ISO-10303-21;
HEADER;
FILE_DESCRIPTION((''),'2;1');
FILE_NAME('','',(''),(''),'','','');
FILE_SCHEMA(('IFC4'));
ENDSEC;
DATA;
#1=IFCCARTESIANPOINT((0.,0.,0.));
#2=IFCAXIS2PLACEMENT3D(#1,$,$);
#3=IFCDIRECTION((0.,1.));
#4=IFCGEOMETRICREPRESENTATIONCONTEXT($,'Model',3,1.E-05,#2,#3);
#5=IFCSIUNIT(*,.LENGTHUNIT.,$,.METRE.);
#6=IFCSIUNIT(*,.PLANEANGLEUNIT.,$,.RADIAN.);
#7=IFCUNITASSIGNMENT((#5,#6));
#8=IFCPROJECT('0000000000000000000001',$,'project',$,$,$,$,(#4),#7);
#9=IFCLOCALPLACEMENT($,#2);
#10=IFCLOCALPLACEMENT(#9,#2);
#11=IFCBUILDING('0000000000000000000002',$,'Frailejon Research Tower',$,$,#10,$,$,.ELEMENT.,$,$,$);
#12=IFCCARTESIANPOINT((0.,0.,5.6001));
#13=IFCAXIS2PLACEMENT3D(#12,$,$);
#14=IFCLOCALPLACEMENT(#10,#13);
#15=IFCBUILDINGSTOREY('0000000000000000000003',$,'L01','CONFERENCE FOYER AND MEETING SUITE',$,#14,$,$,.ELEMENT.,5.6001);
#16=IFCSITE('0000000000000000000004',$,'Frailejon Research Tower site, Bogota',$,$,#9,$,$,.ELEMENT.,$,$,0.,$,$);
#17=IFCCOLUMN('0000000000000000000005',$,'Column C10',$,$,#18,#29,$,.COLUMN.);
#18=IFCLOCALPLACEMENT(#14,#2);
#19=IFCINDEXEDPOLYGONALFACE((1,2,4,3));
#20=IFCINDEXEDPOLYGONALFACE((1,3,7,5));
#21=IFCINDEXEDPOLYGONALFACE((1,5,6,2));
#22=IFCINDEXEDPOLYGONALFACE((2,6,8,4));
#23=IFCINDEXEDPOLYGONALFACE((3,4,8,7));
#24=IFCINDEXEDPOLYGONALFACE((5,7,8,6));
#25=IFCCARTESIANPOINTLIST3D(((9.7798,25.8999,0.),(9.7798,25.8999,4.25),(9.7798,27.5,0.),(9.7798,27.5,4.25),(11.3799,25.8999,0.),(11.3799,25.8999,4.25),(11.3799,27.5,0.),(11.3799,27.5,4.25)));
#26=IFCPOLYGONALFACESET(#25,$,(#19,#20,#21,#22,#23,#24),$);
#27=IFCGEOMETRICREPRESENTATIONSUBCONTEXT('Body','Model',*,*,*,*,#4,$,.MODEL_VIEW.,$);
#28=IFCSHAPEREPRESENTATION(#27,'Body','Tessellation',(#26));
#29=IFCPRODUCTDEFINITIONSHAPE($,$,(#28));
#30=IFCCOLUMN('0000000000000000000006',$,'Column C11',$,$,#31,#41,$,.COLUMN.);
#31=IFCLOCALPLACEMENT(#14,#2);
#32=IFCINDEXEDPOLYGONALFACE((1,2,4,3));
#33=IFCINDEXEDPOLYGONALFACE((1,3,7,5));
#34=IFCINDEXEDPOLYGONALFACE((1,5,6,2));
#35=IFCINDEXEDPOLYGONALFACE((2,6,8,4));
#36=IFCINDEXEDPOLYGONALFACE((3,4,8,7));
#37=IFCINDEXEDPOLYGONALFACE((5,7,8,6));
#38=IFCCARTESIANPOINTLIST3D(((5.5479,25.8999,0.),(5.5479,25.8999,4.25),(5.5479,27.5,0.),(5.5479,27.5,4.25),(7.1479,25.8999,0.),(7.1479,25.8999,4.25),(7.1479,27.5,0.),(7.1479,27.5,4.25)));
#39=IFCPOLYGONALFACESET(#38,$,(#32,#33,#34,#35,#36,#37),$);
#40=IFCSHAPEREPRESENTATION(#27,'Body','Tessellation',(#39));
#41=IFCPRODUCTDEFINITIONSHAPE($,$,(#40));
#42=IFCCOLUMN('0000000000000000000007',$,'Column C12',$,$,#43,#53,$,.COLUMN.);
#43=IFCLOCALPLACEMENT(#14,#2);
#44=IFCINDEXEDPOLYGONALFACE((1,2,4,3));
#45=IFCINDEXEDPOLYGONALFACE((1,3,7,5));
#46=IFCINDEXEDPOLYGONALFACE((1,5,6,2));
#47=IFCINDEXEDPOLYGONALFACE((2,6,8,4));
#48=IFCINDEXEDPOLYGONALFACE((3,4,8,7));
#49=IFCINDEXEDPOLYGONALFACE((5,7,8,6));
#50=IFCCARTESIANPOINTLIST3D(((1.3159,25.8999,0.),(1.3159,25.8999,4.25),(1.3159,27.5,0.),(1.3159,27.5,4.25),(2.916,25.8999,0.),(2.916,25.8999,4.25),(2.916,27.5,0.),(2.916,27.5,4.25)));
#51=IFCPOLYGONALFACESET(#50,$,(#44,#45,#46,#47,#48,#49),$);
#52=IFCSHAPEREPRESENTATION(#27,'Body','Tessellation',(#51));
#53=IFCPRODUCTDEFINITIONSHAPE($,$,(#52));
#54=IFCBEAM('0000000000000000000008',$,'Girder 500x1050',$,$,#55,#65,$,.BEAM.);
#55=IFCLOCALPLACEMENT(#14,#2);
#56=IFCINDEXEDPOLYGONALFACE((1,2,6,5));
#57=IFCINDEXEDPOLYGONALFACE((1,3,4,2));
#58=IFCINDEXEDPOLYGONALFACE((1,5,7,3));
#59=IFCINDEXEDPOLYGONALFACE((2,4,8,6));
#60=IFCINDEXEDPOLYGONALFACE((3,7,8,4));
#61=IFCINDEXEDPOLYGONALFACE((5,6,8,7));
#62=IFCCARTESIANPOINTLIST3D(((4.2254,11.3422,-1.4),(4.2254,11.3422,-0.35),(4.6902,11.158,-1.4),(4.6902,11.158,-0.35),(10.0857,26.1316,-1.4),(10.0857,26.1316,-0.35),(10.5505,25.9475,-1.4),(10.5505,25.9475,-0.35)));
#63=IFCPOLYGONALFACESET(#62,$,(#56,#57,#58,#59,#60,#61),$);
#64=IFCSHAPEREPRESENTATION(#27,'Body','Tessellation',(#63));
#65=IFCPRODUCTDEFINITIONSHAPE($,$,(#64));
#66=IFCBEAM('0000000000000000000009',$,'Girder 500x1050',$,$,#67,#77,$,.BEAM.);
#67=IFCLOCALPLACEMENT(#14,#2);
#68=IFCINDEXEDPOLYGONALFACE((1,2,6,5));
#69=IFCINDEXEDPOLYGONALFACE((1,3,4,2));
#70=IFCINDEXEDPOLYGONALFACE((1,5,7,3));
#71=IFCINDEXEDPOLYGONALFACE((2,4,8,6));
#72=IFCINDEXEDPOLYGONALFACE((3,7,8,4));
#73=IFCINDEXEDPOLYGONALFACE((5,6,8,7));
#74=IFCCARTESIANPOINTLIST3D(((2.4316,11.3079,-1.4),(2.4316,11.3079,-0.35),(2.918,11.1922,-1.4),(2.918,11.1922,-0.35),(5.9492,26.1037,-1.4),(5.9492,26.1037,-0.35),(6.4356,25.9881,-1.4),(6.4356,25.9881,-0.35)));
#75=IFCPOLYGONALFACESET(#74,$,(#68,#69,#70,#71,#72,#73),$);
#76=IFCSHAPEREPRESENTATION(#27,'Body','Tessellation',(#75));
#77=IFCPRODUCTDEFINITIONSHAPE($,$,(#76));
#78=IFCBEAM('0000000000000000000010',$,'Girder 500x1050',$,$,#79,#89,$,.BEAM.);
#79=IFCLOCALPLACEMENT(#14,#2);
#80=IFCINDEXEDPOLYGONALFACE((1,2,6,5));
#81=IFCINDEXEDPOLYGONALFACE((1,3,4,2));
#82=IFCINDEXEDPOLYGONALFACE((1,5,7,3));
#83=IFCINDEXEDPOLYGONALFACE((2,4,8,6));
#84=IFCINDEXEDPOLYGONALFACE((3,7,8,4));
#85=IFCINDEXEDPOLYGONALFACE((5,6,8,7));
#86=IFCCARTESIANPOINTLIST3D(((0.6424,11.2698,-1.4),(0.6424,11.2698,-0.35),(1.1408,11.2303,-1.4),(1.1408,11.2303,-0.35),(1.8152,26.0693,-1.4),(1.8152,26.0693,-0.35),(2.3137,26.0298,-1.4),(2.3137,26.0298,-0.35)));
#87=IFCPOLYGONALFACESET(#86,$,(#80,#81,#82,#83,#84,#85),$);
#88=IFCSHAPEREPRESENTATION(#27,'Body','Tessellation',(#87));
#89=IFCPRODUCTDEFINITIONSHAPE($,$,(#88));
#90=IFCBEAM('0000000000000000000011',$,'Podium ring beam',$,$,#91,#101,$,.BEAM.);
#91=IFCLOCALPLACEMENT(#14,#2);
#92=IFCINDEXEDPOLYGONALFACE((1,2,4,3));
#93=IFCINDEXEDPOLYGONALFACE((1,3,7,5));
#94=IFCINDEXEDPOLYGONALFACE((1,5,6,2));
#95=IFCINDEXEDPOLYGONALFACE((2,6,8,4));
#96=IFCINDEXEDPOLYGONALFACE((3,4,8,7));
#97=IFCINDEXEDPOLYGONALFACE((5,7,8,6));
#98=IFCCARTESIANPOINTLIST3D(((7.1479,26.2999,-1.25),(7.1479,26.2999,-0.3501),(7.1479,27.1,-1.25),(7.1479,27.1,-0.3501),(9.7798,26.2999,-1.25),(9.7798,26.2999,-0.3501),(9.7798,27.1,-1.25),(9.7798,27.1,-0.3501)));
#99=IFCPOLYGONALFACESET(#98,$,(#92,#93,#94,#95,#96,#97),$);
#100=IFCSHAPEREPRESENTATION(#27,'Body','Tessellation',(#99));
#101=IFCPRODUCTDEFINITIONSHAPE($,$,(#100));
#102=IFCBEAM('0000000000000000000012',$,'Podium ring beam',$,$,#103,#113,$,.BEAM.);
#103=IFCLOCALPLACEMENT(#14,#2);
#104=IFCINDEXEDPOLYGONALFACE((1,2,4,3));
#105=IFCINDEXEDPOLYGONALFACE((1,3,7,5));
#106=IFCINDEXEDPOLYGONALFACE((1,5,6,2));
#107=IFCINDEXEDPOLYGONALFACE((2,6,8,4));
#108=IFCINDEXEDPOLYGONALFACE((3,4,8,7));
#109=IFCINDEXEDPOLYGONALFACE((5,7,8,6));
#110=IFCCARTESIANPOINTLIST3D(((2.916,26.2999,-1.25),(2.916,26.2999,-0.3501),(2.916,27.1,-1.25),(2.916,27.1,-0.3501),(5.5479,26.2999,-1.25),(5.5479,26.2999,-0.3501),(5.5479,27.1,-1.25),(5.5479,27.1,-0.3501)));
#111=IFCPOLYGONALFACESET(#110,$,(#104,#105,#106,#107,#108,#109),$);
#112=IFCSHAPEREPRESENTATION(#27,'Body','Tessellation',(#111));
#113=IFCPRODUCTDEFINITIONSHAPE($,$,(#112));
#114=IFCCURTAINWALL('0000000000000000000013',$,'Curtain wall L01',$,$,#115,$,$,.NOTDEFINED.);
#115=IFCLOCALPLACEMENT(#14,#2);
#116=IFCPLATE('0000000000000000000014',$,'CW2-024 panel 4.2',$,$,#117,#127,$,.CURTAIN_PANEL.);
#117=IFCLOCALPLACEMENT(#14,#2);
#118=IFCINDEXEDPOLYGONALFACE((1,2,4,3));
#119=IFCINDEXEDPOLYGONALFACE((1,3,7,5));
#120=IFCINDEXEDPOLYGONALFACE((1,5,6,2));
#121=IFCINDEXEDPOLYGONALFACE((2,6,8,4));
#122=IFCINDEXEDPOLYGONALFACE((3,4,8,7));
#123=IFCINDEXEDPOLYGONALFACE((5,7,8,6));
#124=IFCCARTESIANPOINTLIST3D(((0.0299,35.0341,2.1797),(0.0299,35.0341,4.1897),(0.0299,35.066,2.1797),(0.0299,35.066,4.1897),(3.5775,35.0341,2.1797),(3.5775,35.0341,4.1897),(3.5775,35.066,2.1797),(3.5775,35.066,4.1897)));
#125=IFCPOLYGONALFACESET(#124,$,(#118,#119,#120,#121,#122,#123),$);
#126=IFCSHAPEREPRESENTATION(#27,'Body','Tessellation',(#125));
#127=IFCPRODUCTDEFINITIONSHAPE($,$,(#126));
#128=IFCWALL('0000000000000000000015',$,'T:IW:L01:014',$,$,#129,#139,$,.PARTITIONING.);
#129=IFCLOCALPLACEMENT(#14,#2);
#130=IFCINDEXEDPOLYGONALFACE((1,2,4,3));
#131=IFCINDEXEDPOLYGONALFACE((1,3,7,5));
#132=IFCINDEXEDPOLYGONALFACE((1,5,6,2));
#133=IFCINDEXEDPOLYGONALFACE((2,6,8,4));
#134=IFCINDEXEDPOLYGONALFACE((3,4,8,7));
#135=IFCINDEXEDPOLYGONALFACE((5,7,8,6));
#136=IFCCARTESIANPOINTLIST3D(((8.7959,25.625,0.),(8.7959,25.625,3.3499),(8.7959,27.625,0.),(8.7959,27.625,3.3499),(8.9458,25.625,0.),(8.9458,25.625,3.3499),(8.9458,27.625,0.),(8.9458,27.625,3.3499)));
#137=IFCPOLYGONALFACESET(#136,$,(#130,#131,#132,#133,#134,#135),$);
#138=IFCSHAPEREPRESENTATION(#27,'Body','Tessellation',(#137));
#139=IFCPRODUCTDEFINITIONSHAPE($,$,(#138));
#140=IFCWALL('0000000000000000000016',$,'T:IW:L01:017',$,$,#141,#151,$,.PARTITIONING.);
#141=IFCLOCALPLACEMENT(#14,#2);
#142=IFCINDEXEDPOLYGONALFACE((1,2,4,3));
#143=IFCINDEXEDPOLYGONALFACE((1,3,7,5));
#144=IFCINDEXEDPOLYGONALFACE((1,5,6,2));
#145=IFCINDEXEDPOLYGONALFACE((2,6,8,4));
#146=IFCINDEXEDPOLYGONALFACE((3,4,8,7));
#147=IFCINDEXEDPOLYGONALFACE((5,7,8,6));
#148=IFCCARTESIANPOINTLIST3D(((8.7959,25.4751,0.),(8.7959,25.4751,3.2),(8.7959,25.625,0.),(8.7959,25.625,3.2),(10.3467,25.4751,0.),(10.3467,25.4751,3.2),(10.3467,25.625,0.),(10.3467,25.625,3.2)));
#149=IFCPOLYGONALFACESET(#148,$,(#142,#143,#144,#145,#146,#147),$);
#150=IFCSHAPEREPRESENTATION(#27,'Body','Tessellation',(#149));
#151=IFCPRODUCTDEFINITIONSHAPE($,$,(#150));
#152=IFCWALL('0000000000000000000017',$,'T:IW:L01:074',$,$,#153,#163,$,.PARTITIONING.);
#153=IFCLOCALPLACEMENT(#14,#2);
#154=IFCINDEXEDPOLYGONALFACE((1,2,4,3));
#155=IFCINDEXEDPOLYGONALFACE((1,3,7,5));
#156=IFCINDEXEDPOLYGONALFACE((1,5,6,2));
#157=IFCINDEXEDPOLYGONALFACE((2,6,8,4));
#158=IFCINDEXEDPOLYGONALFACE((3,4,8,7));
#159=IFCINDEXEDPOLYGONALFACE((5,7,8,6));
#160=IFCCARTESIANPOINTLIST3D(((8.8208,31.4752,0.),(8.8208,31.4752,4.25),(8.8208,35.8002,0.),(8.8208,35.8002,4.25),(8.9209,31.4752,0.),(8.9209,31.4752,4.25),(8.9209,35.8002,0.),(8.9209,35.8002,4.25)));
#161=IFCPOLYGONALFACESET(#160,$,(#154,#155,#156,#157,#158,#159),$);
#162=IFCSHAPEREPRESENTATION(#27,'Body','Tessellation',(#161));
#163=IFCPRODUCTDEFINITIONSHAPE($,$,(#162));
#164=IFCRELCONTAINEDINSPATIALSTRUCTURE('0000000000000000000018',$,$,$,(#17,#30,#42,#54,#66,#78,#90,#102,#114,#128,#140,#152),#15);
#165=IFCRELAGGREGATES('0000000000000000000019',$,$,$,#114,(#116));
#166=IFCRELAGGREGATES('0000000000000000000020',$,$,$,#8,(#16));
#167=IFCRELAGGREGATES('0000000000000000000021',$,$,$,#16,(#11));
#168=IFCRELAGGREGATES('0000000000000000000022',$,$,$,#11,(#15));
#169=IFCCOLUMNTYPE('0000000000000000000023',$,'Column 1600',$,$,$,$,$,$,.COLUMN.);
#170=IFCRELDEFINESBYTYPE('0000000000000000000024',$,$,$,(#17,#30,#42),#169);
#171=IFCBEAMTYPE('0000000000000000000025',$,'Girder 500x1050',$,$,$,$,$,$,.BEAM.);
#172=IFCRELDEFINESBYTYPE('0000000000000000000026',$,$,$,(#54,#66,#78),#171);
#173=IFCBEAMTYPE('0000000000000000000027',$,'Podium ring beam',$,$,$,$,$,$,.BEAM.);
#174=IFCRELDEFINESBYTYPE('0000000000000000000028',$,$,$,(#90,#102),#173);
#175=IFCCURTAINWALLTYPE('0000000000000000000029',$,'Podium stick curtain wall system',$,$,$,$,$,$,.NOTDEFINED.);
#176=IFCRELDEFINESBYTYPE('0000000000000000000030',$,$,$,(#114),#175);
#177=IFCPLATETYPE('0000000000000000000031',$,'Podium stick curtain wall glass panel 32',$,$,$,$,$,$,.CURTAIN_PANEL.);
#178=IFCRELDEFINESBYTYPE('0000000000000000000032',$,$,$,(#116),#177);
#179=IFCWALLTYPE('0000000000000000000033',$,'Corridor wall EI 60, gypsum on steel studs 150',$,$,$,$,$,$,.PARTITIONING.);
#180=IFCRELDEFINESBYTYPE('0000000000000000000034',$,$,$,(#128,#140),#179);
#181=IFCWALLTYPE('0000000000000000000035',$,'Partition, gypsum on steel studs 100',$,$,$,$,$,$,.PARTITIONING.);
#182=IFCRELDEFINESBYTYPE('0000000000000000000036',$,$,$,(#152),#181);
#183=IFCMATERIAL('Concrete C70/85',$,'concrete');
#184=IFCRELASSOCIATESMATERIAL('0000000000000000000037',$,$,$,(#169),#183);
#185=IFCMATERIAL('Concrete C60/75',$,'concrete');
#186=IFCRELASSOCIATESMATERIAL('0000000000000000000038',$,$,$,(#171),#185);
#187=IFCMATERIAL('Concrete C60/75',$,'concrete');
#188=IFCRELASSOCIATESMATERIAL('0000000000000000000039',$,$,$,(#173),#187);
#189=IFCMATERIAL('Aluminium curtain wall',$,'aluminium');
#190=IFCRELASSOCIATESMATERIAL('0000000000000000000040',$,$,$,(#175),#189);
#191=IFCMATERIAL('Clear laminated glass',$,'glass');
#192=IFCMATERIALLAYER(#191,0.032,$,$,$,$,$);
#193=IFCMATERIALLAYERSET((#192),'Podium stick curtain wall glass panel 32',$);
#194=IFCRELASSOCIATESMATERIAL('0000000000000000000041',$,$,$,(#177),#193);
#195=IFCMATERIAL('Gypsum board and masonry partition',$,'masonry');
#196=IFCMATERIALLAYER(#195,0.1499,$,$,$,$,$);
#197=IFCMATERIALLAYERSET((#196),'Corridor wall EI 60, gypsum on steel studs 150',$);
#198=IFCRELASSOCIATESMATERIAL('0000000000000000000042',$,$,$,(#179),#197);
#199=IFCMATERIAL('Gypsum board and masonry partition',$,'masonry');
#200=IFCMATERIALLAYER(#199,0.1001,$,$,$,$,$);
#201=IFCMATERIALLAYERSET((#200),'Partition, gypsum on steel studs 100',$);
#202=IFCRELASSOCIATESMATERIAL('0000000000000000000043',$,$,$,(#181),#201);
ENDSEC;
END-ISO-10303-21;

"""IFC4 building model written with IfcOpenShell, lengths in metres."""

from ifc_helpers import new_model, si_unit, direction, frame, frame_2d, origin, origin_2d, place, context, subcontext, project, spatial, rectangle, extrude, material, layer, layer_set, material_profile, profile_set, type_object, element, aggregate, save


model = new_model("IFC4")

# Units and contexts
model_context = context("Model", 3, precision=1e-05, world=origin(), true_north=direction((0.0, 1.0)))
body_context = subcontext(model_context, "Body", "Model", "MODEL_VIEW")
ifc_project = project(units=[si_unit("LENGTHUNIT", "METRE"), si_unit("PLANEANGLEUNIT", "RADIAN")], contexts=[model_context])

# Site, building, storey
site_placement = place(None, origin())
site = spatial("IfcSite", under=ifc_project, at=site_placement, Name="Frailejon Research Tower site, Bogota", CompositionType="ELEMENT", RefElevation=0.0)
building_placement = place(site_placement, origin())
building = spatial("IfcBuilding", under=site, at=building_placement, Name="Frailejon Research Tower", CompositionType="ELEMENT")
storey_placement = place(building_placement, frame((0.0, 0.0, 5.6001)))
storey = spatial("IfcBuildingStorey", under=building, at=storey_placement, Name="L01", Description="CONFERENCE FOYER AND MEETING SUITE", CompositionType="ELEMENT", Elevation=5.6001)

# Columns
ifc_material_1 = material(Name="Concrete C70/85", Category="concrete")
ifc_material_profile_1 = material_profile(ifc_material_1, rectangle(XDim=1.6001, YDim=1.6001, at=origin_2d()), Name="Column 1600")
ifc_profile_set_1 = profile_set([ifc_material_profile_1], Name="Concrete C70/85")
column_type = type_object("IfcColumnType", Name="Column 1600", PredefinedType="COLUMN", material=ifc_profile_set_1)
for number, where, z_axis, x_axis, name in (
    (1, (10.5798, 26.7, 0.0), (0.0, 0.0, 1.0), (-1.0, 0.0, 0.0), "Column C10"),
    (2, (6.3479, 26.7, 0.0), (0.0, 0.0, 1.0), (-1.0, 0.0, 0.0), "Column C11"),
    (3, (2.116, 26.7, 0.0), (0.0, 0.0, 1.0), (-1.0, 0.0, 0.0), "Column C12"),
):
    element("IfcColumn", number, at=place(storey_placement, frame(where, z_axis=z_axis, x_axis=x_axis)), inside=storey, type_object=column_type, Name=name, PredefinedType="COLUMN", context=body_context, shape_type="SweptSolid", body=[
        extrude(rectangle(XDim=1.6001, YDim=1.6001, at=origin_2d()), origin(), (0.0, 0.0, 1.0), 4.25),
    ])

# Beams
ifc_material_2 = material(Name="Concrete C60/75", Category="concrete")
ifc_material_profile_2 = material_profile(ifc_material_2, rectangle(XDim=0.5, YDim=1.05, at=origin_2d()), Name="Girder 500x1050")
ifc_profile_set_2 = profile_set([ifc_material_profile_2], Name="Concrete C60/75")
beam_type_1 = type_object("IfcBeamType", Name="Girder 500x1050", PredefinedType="BEAM", material=ifc_profile_set_2)
beam_1_placement = place(storey_placement, frame((10.3181, 26.0396, -0.875), z_axis=(-0.368383, -0.929674, 0.0), x_axis=(0.929674, -0.368383, 0.0)))
element("IfcBeam", 4, at=beam_1_placement, inside=storey, type_object=beam_type_1, Name="Girder 500x1050", PredefinedType="BEAM", context=body_context, shape_type="SweptSolid", body=[
    extrude(rectangle(XDim=0.5, YDim=1.05, at=origin_2d()), origin(), (0.0, 0.0, 1.0), 15.9082),
])
beam_2_placement = place(storey_placement, frame((6.1924, 26.0459, -0.875), z_axis=(-0.231294, -0.972884, 0.0), x_axis=(0.972884, -0.231294, 0.0)))
element("IfcBeam", 5, at=beam_2_placement, inside=storey, type_object=beam_type_1, Name="Girder 500x1050", PredefinedType="BEAM", context=body_context, shape_type="SweptSolid", body=[
    extrude(rectangle(XDim=0.5, YDim=1.05, at=origin_2d()), origin(), (0.0, 0.0, 1.0), 15.2083),
])
beam_3_placement = place(storey_placement, frame((2.0645, 26.0496, -0.875), z_axis=(-0.079001, -0.996875, 0.0), x_axis=(0.996875, -0.079001, 0.0)))
element("IfcBeam", 6, at=beam_3_placement, inside=storey, type_object=beam_type_1, Name="Girder 500x1050", PredefinedType="BEAM", context=body_context, shape_type="SweptSolid", body=[
    extrude(rectangle(XDim=0.5, YDim=1.05, at=origin_2d()), origin(), (0.0, 0.0, 1.0), 14.8459),
])
ifc_material_3 = material(Name="Concrete C60/75", Category="concrete")
ifc_material_profile_3 = material_profile(ifc_material_3, rectangle(XDim=0.8, YDim=0.8999, at=origin_2d()), Name="Podium ring beam")
ifc_profile_set_3 = profile_set([ifc_material_profile_3], Name="Concrete C60/75")
beam_type_2 = type_object("IfcBeamType", Name="Podium ring beam", PredefinedType="BEAM", material=ifc_profile_set_3)
for number, where, z_axis, x_axis, name in (
    (7, (9.7798, 26.7, -0.8), (-1.0, 0.0, 0.0), (0.0, -1.0, 0.0), "Podium ring beam"),
    (8, (5.5479, 26.7, -0.8), (-1.0, 0.0, 0.0), (0.0, -1.0, 0.0), "Podium ring beam"),
):
    element("IfcBeam", number, at=place(storey_placement, frame(where, z_axis=z_axis, x_axis=x_axis)), inside=storey, type_object=beam_type_2, Name=name, PredefinedType="BEAM", context=body_context, shape_type="SweptSolid", body=[
        extrude(rectangle(XDim=0.8, YDim=0.8999, at=origin_2d()), origin(), (0.0, 0.0, 1.0), 2.6318),
    ])

# Curtain wall, plate
ifc_material_4 = material(Name="Aluminium curtain wall", Category="aluminium")
curtain_wall_type = type_object("IfcCurtainWallType", Name="Podium stick curtain wall system", PredefinedType="NOTDEFINED", material=ifc_material_4)
curtain_wall_placement = place(storey_placement, origin())
curtain_wall = element("IfcCurtainWall", 9, at=curtain_wall_placement, inside=storey, type_object=curtain_wall_type, Name="Curtain wall L01", PredefinedType="NOTDEFINED")
ifc_material_5 = material(Name="Clear laminated glass", Category="glass")
ifc_layer_1 = layer(ifc_material_5, 0.032)
ifc_layer_set_1 = layer_set([ifc_layer_1], Name="Podium stick curtain wall glass panel 32")
plate_type = type_object("IfcPlateType", Name="Podium stick curtain wall glass panel 32", PredefinedType="CURTAIN_PANEL", material=ifc_layer_set_1)
plate_placement = place(storey_placement, frame((1.8037, 35.05, 2.1797), z_axis=(0.0, 0.0, 1.0), x_axis=(-1.0, 0.0, 0.0)))
plate = element("IfcPlate", 10, at=plate_placement, type_object=plate_type, Name="CW2-024 panel 4.2", PredefinedType="CURTAIN_PANEL", context=body_context, shape_type="SweptSolid", body=[
    extrude(rectangle(XDim=3.5476, YDim=0.032, at=origin_2d()), origin(), (0.0, 0.0, 1.0), 2.01),
])
aggregate(curtain_wall, [plate])

# Walls
ifc_material_6 = material(Name="Gypsum board and masonry partition", Category="masonry")
ifc_layer_2 = layer(ifc_material_6, 0.1499)
ifc_layer_set_2 = layer_set([ifc_layer_2], Name="Corridor wall EI 60, gypsum on steel studs 150")
wall_type_1 = type_object("IfcWallType", Name="Corridor wall EI 60, gypsum on steel studs 150", PredefinedType="PARTITIONING", material=ifc_layer_set_2)
wall_1_placement = place(storey_placement, frame((8.8708, 25.625, 0.0), z_axis=(0.0, 0.0, 1.0), x_axis=(0.0, 1.0, 0.0)))
element("IfcWall", 11, at=wall_1_placement, inside=storey, type_object=wall_type_1, Name="T:IW:L01:014", PredefinedType="PARTITIONING", context=body_context, shape_type="SweptSolid", body=[
    extrude(rectangle(XDim=2.0, YDim=0.1499, at=frame_2d((1.0, 0.0))), origin(), (0.0, 0.0, 1.0), 3.3499),
])
wall_2_placement = place(storey_placement, frame((8.7959, 25.55, 0.0), z_axis=(0.0, 0.0, 1.0), x_axis=(1.0, 0.0, 0.0)))
element("IfcWall", 12, at=wall_2_placement, inside=storey, type_object=wall_type_1, Name="T:IW:L01:017", PredefinedType="PARTITIONING", context=body_context, shape_type="SweptSolid", body=[
    extrude(rectangle(XDim=1.5508, YDim=0.1499, at=frame_2d((0.7754, 0.0))), origin(), (0.0, 0.0, 1.0), 3.2),
])
ifc_material_7 = material(Name="Gypsum board and masonry partition", Category="masonry")
ifc_layer_3 = layer(ifc_material_7, 0.1001)
ifc_layer_set_3 = layer_set([ifc_layer_3], Name="Partition, gypsum on steel studs 100")
wall_type_2 = type_object("IfcWallType", Name="Partition, gypsum on steel studs 100", PredefinedType="PARTITIONING", material=ifc_layer_set_3)
wall_3_placement = place(storey_placement, frame((8.8708, 31.4751, 0.0), z_axis=(0.0, 0.0, 1.0), x_axis=(0.0, 1.0, 0.0)))
element("IfcWall", 13, at=wall_3_placement, inside=storey, type_object=wall_type_2, Name="T:IW:L01:074", PredefinedType="PARTITIONING", context=body_context, shape_type="SweptSolid", body=[
    extrude(rectangle(XDim=4.325, YDim=0.1001, at=frame_2d((2.1626, 0.0))), origin(), (0.0, 0.0, 1.0), 4.25),
])

save(model, "model.ifc")
